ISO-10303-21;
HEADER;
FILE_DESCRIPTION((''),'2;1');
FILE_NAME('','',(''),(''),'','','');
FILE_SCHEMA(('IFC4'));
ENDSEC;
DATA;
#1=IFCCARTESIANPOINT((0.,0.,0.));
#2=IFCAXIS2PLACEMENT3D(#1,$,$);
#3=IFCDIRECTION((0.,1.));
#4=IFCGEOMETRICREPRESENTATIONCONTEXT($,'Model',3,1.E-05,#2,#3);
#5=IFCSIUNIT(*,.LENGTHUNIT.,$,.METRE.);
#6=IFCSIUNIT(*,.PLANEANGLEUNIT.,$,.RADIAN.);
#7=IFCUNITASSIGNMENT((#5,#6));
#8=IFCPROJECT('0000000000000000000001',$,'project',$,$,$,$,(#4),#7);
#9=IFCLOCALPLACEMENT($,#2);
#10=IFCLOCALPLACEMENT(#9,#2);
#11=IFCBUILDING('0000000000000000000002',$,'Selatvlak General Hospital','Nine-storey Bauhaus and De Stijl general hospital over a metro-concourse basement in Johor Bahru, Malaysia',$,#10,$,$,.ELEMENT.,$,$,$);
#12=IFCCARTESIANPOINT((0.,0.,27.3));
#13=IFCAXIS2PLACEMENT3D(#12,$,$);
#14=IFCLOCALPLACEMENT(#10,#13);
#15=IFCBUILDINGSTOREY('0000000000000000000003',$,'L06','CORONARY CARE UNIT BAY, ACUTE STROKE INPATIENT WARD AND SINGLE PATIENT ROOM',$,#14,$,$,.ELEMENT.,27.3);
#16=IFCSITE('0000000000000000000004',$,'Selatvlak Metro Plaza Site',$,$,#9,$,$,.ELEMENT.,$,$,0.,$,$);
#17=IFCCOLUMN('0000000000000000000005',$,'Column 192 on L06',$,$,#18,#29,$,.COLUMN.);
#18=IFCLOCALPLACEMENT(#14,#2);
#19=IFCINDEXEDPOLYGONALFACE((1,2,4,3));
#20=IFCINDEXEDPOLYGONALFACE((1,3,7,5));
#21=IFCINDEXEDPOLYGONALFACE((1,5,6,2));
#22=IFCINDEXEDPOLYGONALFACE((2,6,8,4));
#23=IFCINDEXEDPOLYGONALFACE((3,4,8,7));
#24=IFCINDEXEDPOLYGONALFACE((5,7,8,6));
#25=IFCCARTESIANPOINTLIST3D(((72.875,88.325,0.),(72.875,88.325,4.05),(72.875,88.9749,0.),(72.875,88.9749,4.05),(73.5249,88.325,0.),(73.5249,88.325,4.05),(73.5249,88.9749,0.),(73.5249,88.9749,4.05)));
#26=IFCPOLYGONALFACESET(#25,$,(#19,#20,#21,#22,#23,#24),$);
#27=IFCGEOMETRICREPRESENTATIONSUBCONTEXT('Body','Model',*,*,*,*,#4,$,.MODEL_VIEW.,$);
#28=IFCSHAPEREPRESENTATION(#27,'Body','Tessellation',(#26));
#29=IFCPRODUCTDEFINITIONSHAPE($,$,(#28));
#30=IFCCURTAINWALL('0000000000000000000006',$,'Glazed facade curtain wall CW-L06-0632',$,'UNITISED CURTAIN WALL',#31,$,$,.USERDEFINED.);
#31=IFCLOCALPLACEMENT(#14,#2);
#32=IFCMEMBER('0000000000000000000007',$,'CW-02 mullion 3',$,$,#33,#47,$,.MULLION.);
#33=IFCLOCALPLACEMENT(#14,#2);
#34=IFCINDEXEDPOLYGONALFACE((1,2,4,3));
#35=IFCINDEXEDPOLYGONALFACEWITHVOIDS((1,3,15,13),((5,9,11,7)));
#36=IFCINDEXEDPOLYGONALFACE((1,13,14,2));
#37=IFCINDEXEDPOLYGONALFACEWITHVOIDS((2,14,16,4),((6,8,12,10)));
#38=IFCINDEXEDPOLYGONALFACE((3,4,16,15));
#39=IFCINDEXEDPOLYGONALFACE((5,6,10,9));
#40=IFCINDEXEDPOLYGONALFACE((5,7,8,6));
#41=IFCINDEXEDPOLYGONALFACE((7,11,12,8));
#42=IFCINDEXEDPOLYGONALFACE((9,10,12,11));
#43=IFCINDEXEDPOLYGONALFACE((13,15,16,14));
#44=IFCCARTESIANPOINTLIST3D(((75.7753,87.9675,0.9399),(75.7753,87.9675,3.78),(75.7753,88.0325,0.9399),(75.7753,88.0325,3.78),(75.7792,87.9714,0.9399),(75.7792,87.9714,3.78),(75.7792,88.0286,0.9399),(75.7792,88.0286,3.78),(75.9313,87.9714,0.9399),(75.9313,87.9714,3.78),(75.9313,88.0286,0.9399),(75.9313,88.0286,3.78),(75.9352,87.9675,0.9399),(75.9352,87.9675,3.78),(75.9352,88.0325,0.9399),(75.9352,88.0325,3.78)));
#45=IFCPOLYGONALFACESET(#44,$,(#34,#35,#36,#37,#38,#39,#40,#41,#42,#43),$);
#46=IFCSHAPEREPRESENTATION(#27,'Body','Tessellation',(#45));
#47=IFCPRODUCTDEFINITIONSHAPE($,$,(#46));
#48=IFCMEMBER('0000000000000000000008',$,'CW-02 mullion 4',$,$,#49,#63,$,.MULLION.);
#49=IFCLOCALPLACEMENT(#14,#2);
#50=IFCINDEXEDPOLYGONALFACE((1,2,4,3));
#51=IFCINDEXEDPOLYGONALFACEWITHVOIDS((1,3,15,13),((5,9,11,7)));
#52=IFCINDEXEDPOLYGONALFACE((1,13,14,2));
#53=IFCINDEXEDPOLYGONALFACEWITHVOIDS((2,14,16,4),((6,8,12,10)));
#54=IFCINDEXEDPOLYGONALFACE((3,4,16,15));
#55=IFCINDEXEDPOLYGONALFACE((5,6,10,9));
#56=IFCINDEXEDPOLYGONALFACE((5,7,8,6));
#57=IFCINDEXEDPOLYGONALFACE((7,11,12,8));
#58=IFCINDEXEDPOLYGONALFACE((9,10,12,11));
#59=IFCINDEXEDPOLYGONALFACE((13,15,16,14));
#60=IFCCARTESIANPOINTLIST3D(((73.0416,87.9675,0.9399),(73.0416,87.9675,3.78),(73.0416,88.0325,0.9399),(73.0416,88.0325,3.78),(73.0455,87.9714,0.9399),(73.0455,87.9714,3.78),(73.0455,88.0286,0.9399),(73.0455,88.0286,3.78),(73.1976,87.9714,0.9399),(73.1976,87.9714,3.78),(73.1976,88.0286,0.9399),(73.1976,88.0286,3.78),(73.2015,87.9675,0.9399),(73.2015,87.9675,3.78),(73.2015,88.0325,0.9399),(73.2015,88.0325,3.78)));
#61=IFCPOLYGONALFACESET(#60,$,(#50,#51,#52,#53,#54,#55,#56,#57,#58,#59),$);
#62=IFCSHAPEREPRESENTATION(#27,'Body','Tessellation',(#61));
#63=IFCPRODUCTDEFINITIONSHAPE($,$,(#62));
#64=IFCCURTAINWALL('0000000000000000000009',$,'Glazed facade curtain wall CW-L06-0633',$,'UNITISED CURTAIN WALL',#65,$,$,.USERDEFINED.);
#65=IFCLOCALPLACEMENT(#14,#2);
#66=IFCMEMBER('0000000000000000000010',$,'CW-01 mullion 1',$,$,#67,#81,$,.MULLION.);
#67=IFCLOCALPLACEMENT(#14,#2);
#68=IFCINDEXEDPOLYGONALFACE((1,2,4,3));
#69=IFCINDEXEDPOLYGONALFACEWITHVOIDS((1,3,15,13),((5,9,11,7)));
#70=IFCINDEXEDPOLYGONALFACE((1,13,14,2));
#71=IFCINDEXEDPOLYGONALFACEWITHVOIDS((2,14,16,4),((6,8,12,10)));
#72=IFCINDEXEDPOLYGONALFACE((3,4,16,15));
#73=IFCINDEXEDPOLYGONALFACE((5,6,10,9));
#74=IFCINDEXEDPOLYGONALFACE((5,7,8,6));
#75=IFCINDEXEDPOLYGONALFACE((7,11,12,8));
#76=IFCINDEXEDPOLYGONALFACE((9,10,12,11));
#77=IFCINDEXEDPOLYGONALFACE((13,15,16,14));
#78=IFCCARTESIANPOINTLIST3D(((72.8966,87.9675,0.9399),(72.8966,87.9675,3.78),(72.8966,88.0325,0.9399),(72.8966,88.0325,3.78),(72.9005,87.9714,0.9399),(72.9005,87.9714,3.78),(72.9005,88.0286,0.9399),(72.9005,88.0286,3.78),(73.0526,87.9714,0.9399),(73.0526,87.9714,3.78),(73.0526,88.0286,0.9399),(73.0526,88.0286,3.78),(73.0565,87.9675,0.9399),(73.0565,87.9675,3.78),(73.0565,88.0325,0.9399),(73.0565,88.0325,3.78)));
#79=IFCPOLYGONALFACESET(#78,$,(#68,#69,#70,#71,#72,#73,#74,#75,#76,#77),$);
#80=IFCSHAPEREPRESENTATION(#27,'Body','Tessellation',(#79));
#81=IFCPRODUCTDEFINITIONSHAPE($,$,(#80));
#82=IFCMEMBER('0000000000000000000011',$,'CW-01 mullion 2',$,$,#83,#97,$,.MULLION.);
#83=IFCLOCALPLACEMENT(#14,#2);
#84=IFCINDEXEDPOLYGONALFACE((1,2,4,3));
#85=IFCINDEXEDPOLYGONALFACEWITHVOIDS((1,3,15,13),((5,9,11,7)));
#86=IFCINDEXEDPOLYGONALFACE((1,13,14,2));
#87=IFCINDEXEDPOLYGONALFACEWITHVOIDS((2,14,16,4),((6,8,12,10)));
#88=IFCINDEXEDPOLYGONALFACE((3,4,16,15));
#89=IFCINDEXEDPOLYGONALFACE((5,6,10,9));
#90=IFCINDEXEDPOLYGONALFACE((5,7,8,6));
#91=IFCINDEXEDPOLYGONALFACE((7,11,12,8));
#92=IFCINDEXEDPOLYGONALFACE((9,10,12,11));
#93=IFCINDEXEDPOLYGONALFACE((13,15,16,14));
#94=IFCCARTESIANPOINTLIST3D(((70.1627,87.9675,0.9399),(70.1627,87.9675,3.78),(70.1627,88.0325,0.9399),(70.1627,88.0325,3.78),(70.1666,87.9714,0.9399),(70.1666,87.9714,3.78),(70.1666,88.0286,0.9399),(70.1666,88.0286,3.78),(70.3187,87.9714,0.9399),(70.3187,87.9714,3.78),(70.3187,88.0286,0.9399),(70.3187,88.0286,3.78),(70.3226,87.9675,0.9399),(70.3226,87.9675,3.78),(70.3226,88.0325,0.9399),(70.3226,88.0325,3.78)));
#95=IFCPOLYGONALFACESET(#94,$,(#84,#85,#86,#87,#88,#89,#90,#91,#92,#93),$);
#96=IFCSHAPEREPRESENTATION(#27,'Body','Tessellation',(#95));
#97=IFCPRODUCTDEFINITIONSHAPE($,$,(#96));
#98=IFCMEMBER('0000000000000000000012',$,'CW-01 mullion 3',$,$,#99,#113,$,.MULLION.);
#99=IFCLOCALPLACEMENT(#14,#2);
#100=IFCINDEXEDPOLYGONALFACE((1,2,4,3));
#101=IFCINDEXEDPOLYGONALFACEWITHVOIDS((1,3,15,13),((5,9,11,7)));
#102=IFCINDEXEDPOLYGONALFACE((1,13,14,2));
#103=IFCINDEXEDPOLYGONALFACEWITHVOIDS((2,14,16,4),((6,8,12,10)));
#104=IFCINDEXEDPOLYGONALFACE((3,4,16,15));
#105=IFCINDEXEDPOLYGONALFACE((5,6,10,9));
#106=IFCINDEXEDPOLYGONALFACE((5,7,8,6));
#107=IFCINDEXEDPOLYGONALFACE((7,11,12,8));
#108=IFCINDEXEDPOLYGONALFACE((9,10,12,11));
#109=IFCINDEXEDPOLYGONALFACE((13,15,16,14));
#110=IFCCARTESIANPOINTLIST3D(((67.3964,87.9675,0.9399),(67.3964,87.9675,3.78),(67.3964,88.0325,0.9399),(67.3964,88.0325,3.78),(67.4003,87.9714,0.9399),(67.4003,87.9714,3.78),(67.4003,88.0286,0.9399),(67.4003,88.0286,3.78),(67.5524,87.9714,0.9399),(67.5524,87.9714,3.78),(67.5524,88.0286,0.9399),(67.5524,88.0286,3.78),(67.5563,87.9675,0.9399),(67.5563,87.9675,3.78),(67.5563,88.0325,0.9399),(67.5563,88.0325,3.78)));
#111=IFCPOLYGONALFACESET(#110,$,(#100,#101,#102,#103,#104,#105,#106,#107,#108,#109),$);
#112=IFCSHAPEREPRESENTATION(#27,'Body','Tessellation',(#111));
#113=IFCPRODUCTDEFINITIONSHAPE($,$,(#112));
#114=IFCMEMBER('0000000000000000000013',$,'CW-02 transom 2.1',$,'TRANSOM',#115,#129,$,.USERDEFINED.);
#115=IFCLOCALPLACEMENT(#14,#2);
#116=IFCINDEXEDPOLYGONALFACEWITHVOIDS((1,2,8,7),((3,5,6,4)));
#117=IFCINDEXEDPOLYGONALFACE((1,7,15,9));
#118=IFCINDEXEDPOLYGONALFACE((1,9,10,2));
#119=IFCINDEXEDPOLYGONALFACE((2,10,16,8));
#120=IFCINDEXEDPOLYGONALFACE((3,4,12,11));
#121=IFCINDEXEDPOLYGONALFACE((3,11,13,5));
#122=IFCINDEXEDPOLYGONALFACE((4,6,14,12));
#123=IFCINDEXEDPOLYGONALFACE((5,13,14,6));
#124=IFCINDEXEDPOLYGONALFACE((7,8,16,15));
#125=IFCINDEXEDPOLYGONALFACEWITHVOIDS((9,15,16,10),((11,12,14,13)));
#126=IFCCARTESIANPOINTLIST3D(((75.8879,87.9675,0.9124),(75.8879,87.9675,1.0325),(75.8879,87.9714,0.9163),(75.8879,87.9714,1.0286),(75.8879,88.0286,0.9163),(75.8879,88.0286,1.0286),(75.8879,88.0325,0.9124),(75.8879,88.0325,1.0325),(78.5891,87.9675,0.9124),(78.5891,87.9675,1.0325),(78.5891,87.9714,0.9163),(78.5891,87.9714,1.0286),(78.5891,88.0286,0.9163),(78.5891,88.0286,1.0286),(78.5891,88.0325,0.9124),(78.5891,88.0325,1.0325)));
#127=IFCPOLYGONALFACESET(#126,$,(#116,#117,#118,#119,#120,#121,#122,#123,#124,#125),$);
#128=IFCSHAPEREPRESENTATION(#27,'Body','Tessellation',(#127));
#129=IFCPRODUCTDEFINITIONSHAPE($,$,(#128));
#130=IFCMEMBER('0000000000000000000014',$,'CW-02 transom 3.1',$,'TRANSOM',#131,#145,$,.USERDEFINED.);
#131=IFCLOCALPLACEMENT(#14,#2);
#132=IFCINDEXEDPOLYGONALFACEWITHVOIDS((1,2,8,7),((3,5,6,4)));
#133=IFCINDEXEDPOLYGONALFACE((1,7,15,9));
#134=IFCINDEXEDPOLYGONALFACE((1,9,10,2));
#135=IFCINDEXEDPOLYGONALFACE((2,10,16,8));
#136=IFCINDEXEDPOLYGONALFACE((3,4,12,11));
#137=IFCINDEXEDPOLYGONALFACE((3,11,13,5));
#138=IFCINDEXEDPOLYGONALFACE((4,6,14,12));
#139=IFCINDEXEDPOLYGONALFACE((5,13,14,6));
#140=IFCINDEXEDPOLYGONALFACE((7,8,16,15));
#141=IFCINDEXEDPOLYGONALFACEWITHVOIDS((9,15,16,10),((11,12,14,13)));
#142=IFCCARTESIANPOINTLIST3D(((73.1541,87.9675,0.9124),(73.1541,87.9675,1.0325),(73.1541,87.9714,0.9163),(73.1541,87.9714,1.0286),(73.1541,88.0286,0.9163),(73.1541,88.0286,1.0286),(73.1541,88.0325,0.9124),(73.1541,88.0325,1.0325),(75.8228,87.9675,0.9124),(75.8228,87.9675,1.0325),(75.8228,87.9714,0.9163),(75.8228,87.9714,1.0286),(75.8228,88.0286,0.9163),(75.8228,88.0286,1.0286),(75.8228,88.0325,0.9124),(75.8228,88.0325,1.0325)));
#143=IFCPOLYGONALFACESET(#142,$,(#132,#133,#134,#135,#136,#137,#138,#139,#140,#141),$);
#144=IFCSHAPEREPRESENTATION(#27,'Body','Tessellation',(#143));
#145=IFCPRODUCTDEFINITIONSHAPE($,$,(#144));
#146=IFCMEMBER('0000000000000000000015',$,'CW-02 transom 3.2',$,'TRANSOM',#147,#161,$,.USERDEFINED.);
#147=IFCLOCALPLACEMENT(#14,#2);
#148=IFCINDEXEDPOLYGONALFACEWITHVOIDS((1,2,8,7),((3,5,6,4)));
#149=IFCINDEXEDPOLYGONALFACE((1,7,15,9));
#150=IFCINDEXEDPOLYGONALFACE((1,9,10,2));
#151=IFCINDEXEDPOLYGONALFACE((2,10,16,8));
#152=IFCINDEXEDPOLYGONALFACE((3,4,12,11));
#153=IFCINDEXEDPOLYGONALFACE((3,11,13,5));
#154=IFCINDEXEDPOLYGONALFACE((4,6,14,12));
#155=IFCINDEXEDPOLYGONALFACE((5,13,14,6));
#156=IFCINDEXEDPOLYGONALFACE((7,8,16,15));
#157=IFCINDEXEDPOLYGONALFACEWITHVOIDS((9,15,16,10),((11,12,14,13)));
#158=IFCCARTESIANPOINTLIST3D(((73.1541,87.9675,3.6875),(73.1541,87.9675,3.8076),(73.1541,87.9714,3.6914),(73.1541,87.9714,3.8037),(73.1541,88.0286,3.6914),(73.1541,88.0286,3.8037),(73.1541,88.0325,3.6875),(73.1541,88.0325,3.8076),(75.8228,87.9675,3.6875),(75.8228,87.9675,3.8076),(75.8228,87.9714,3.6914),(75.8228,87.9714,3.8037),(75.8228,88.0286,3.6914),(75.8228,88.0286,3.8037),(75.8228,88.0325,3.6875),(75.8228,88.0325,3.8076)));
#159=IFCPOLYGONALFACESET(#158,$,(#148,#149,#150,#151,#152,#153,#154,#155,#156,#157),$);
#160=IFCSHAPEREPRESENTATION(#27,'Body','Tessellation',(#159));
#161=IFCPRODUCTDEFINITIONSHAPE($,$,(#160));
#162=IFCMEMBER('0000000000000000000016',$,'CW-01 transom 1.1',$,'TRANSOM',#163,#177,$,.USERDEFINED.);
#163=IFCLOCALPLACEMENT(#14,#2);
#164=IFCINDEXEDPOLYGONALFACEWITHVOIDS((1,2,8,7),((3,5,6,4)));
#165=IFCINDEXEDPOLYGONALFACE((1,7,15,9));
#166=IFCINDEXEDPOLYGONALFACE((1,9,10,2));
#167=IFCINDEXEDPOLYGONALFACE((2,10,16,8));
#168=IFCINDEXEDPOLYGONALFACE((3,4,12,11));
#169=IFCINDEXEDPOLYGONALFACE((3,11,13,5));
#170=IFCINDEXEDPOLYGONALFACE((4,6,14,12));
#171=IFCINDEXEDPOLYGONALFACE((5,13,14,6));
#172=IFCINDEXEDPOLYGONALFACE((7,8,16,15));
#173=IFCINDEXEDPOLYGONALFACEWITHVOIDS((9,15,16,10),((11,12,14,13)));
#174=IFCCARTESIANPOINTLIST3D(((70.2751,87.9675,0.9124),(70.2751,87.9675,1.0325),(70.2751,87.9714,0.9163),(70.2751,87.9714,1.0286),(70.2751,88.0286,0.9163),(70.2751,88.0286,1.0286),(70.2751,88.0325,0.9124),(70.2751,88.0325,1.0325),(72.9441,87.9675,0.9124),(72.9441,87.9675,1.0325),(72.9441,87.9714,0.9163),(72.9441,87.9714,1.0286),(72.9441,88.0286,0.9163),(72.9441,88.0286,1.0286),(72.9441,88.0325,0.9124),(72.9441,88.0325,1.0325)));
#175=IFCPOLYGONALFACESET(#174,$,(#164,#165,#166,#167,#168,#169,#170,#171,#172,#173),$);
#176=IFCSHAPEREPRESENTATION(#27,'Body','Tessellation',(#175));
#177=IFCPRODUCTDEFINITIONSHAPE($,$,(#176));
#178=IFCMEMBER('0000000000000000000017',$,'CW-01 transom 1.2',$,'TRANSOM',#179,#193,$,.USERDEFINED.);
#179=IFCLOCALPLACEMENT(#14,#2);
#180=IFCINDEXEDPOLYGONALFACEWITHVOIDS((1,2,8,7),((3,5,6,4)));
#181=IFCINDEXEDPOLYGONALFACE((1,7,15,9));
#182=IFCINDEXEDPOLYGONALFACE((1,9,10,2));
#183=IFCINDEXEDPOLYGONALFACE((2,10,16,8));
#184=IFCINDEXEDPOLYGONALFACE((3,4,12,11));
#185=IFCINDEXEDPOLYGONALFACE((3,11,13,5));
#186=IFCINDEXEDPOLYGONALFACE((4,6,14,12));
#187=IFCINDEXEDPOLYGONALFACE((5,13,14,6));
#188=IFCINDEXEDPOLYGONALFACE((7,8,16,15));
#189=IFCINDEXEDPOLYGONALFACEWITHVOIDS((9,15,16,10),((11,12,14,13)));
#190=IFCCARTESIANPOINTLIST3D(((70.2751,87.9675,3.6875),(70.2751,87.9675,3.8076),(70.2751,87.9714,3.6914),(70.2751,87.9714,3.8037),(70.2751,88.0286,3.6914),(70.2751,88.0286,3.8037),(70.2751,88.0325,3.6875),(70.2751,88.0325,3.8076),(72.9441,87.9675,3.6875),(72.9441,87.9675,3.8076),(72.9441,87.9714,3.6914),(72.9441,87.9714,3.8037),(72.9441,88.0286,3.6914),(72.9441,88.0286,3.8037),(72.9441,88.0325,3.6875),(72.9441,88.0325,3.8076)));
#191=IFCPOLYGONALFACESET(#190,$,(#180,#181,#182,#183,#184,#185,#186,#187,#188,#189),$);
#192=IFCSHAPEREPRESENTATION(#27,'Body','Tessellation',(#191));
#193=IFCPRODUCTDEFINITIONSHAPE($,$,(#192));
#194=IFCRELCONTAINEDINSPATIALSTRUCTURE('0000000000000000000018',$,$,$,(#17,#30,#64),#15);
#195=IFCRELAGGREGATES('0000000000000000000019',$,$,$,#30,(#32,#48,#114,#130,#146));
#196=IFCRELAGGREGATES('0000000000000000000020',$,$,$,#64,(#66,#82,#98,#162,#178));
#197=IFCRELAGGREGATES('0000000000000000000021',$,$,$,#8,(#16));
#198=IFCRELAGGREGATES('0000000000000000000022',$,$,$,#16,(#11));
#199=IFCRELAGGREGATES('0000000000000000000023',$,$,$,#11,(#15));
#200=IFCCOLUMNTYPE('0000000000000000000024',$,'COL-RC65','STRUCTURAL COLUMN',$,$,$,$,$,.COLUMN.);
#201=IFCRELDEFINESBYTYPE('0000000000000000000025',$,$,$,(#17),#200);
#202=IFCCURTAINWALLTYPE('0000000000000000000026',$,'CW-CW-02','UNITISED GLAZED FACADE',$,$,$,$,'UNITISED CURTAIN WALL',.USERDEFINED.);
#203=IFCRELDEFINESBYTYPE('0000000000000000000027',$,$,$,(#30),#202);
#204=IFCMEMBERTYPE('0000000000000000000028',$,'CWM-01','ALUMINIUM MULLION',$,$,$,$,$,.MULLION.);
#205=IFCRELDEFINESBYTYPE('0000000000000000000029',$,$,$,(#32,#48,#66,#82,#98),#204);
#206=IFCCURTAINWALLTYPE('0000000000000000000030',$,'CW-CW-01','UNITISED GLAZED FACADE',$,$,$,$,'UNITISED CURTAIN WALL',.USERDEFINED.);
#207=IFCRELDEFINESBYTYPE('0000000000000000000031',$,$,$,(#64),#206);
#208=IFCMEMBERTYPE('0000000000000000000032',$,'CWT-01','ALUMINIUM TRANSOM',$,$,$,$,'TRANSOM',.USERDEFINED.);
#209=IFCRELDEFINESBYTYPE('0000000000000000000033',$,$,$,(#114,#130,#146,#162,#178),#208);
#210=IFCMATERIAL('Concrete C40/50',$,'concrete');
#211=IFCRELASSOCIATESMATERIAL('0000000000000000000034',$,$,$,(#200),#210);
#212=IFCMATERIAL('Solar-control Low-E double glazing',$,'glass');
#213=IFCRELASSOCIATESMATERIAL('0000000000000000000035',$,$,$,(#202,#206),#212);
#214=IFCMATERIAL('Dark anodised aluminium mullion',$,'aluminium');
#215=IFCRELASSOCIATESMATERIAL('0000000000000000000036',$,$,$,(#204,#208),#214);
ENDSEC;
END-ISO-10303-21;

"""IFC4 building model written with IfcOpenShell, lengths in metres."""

from ifc_helpers import new_model, si_unit, direction, frame, origin, origin_2d, place, context, subcontext, project, spatial, rectangle, hollow_rectangle, extrude, material, material_profile, profile_set, type_object, element, aggregate, save


model = new_model("IFC4")

# Units and contexts
model_context = context("Model", 3, precision=1e-05, world=origin(), true_north=direction((0.0, 1.0)))
body_context = subcontext(model_context, "Body", "Model", "MODEL_VIEW")
ifc_project = project(units=[si_unit("LENGTHUNIT", "METRE"), si_unit("PLANEANGLEUNIT", "RADIAN")], contexts=[model_context])

# Site, building, storey
site_placement = place(None, origin())
site = spatial("IfcSite", under=ifc_project, at=site_placement, Name="Selatvlak Metro Plaza Site", CompositionType="ELEMENT", RefElevation=0.0)
building_placement = place(site_placement, origin())
building = spatial("IfcBuilding", under=site, at=building_placement, Name="Selatvlak General Hospital", Description="Nine-storey Bauhaus and De Stijl general hospital over a metro-concourse basement in Johor Bahru, Malaysia", CompositionType="ELEMENT")
storey_placement = place(building_placement, frame((0.0, 0.0, 27.3)))
storey = spatial("IfcBuildingStorey", under=building, at=storey_placement, Name="L06", Description="CORONARY CARE UNIT BAY, ACUTE STROKE INPATIENT WARD AND SINGLE PATIENT ROOM", CompositionType="ELEMENT", Elevation=27.3)

# Column
ifc_material_1 = material(Name="Concrete C40/50", Category="concrete")
ifc_material_profile_1 = material_profile(ifc_material_1, rectangle(XDim=0.6499, YDim=0.6499, at=origin_2d()), Name="RC-COL 650x650")
ifc_profile_set_1 = profile_set([ifc_material_profile_1], Name="Concrete C40/50")
column_type = type_object("IfcColumnType", Name="COL-RC65", Description="STRUCTURAL COLUMN", PredefinedType="COLUMN", material=ifc_profile_set_1)
column_placement = place(storey_placement, frame((73.2, 88.6499, 0.0), z_axis=(0.0, 0.0, 1.0), x_axis=(1.0, 0.0, 0.0)))
element("IfcColumn", 1, at=column_placement, inside=storey, type_object=column_type, Name="Column 192 on L06", PredefinedType="COLUMN", context=body_context, shape_type="SweptSolid", body=[
    extrude(rectangle(XDim=0.6499, YDim=0.6499, at=origin_2d()), origin(), (0.0, 0.0, 1.0), 4.05),
])

# Curtain walls, members
ifc_material_2 = material(Name="Solar-control Low-E double glazing", Category="glass")
curtain_wall_type_1 = type_object("IfcCurtainWallType", Name="CW-CW-02", Description="UNITISED GLAZED FACADE", ElementType="UNITISED CURTAIN WALL", PredefinedType="USERDEFINED", material=ifc_material_2)
curtain_wall_1_placement = place(storey_placement, origin())
curtain_wall_1 = element("IfcCurtainWall", 2, at=curtain_wall_1_placement, inside=storey, type_object=curtain_wall_type_1, Name="Glazed facade curtain wall CW-L06-0632", ObjectType="UNITISED CURTAIN WALL", PredefinedType="USERDEFINED")
ifc_material_3 = material(Name="Dark anodised aluminium mullion", Category="aluminium")
ifc_material_profile_2 = material_profile(ifc_material_3, hollow_rectangle(XDim=0.0649, YDim=0.1599, WallThickness=0.0039, at=origin_2d()), Name="AL-MUL 65x160x4")
ifc_profile_set_2 = profile_set([ifc_material_profile_2], Name="Dark anodised aluminium mullion")
member_type_1 = type_object("IfcMemberType", Name="CWM-01", Description="ALUMINIUM MULLION", PredefinedType="MULLION", material=ifc_profile_set_2)
member_1_placement = place(storey_placement, frame((75.8552, 88.0, 0.9399), z_axis=(0.0, 0.0, 1.0), x_axis=(0.0, -1.0, 0.0)))
member_1 = element("IfcMember", 3, at=member_1_placement, type_object=member_type_1, Name="CW-02 mullion 3", PredefinedType="MULLION", context=body_context, shape_type="SweptSolid", body=[
    extrude(hollow_rectangle(XDim=0.0649, YDim=0.1599, WallThickness=0.0039, at=origin_2d()), origin(), (0.0, 0.0, 1.0), 2.8401),
])
member_2_placement = place(storey_placement, frame((73.1216, 88.0, 0.9399), z_axis=(0.0, 0.0, 1.0), x_axis=(0.0, -1.0, 0.0)))
member_2 = element("IfcMember", 4, at=member_2_placement, type_object=member_type_1, Name="CW-02 mullion 4", PredefinedType="MULLION", context=body_context, shape_type="SweptSolid", body=[
    extrude(hollow_rectangle(XDim=0.0649, YDim=0.1599, WallThickness=0.0039, at=origin_2d()), origin(), (0.0, 0.0, 1.0), 2.8401),
])
curtain_wall_type_2 = type_object("IfcCurtainWallType", Name="CW-CW-01", Description="UNITISED GLAZED FACADE", ElementType="UNITISED CURTAIN WALL", PredefinedType="USERDEFINED", material=ifc_material_2)
curtain_wall_2_placement = place(storey_placement, origin())
curtain_wall_2 = element("IfcCurtainWall", 5, at=curtain_wall_2_placement, inside=storey, type_object=curtain_wall_type_2, Name="Glazed facade curtain wall CW-L06-0633", ObjectType="UNITISED CURTAIN WALL", PredefinedType="USERDEFINED")
member_3_placement = place(storey_placement, frame((72.9766, 88.0, 0.9399), z_axis=(0.0, 0.0, 1.0), x_axis=(0.0, -1.0, 0.0)))
member_3 = element("IfcMember", 6, at=member_3_placement, type_object=member_type_1, Name="CW-01 mullion 1", PredefinedType="MULLION", context=body_context, shape_type="SweptSolid", body=[
    extrude(hollow_rectangle(XDim=0.0649, YDim=0.1599, WallThickness=0.0039, at=origin_2d()), origin(), (0.0, 0.0, 1.0), 2.8401),
])
member_4_placement = place(storey_placement, frame((70.2427, 88.0, 0.9399), z_axis=(0.0, 0.0, 1.0), x_axis=(0.0, -1.0, 0.0)))
member_4 = element("IfcMember", 7, at=member_4_placement, type_object=member_type_1, Name="CW-01 mullion 2", PredefinedType="MULLION", context=body_context, shape_type="SweptSolid", body=[
    extrude(hollow_rectangle(XDim=0.0649, YDim=0.1599, WallThickness=0.0039, at=origin_2d()), origin(), (0.0, 0.0, 1.0), 2.8401),
])
member_5_placement = place(storey_placement, frame((67.4763, 88.0, 0.9399), z_axis=(0.0, 0.0, 1.0), x_axis=(0.0, -1.0, 0.0)))
member_5 = element("IfcMember", 8, at=member_5_placement, type_object=member_type_1, Name="CW-01 mullion 3", PredefinedType="MULLION", context=body_context, shape_type="SweptSolid", body=[
    extrude(hollow_rectangle(XDim=0.0649, YDim=0.1599, WallThickness=0.0039, at=origin_2d()), origin(), (0.0, 0.0, 1.0), 2.8401),
])

# Members
ifc_material_profile_3 = material_profile(ifc_material_3, hollow_rectangle(XDim=0.0649, YDim=0.1201, WallThickness=0.0039, at=origin_2d()), Name="AL-TRN 65x120x4")
ifc_profile_set_3 = profile_set([ifc_material_profile_3], Name="Dark anodised aluminium mullion")
member_type_2 = type_object("IfcMemberType", Name="CWT-01", Description="ALUMINIUM TRANSOM", ElementType="TRANSOM", PredefinedType="USERDEFINED", material=ifc_profile_set_3)
member_6_placement = place(storey_placement, frame((78.5891, 88.0, 0.9724), z_axis=(-1.0, 0.0, 0.0), x_axis=(0.0, -1.0, 0.0)))
member_6 = element("IfcMember", 9, at=member_6_placement, type_object=member_type_2, Name="CW-02 transom 2.1", ObjectType="TRANSOM", PredefinedType="USERDEFINED", context=body_context, shape_type="SweptSolid", body=[
    extrude(hollow_rectangle(XDim=0.0649, YDim=0.1201, WallThickness=0.0039, at=origin_2d()), origin(), (0.0, 0.0, 1.0), 2.7012),
])
member_7_placement = place(storey_placement, frame((75.8228, 88.0, 0.9724), z_axis=(-1.0, 0.0, 0.0), x_axis=(0.0, -1.0, 0.0)))
member_7 = element("IfcMember", 10, at=member_7_placement, type_object=member_type_2, Name="CW-02 transom 3.1", ObjectType="TRANSOM", PredefinedType="USERDEFINED", context=body_context, shape_type="SweptSolid", body=[
    extrude(hollow_rectangle(XDim=0.0649, YDim=0.1201, WallThickness=0.0039, at=origin_2d()), origin(), (0.0, 0.0, 1.0), 2.6687),
])
member_8_placement = place(storey_placement, frame((75.8228, 88.0, 3.7476), z_axis=(-1.0, 0.0, 0.0), x_axis=(0.0, -1.0, 0.0)))
member_8 = element("IfcMember", 11, at=member_8_placement, type_object=member_type_2, Name="CW-02 transom 3.2", ObjectType="TRANSOM", PredefinedType="USERDEFINED", context=body_context, shape_type="SweptSolid", body=[
    extrude(hollow_rectangle(XDim=0.0649, YDim=0.1201, WallThickness=0.0039, at=origin_2d()), origin(), (0.0, 0.0, 1.0), 2.6687),
])
member_9_placement = place(storey_placement, frame((72.9441, 88.0, 0.9724), z_axis=(-1.0, 0.0, 0.0), x_axis=(0.0, -1.0, 0.0)))
member_9 = element("IfcMember", 12, at=member_9_placement, type_object=member_type_2, Name="CW-01 transom 1.1", ObjectType="TRANSOM", PredefinedType="USERDEFINED", context=body_context, shape_type="SweptSolid", body=[
    extrude(hollow_rectangle(XDim=0.0649, YDim=0.1201, WallThickness=0.0039, at=origin_2d()), origin(), (0.0, 0.0, 1.0), 2.6689),
])
member_10_placement = place(storey_placement, frame((72.9441, 88.0, 3.7476), z_axis=(-1.0, 0.0, 0.0), x_axis=(0.0, -1.0, 0.0)))
member_10 = element("IfcMember", 13, at=member_10_placement, type_object=member_type_2, Name="CW-01 transom 1.2", ObjectType="TRANSOM", PredefinedType="USERDEFINED", context=body_context, shape_type="SweptSolid", body=[
    extrude(hollow_rectangle(XDim=0.0649, YDim=0.1201, WallThickness=0.0039, at=origin_2d()), origin(), (0.0, 0.0, 1.0), 2.6689),
])

aggregate(curtain_wall_1, [member_1, member_2, member_6, member_7, member_8])
aggregate(curtain_wall_2, [member_3, member_4, member_5, member_9, member_10])

save(model, "model.ifc")
